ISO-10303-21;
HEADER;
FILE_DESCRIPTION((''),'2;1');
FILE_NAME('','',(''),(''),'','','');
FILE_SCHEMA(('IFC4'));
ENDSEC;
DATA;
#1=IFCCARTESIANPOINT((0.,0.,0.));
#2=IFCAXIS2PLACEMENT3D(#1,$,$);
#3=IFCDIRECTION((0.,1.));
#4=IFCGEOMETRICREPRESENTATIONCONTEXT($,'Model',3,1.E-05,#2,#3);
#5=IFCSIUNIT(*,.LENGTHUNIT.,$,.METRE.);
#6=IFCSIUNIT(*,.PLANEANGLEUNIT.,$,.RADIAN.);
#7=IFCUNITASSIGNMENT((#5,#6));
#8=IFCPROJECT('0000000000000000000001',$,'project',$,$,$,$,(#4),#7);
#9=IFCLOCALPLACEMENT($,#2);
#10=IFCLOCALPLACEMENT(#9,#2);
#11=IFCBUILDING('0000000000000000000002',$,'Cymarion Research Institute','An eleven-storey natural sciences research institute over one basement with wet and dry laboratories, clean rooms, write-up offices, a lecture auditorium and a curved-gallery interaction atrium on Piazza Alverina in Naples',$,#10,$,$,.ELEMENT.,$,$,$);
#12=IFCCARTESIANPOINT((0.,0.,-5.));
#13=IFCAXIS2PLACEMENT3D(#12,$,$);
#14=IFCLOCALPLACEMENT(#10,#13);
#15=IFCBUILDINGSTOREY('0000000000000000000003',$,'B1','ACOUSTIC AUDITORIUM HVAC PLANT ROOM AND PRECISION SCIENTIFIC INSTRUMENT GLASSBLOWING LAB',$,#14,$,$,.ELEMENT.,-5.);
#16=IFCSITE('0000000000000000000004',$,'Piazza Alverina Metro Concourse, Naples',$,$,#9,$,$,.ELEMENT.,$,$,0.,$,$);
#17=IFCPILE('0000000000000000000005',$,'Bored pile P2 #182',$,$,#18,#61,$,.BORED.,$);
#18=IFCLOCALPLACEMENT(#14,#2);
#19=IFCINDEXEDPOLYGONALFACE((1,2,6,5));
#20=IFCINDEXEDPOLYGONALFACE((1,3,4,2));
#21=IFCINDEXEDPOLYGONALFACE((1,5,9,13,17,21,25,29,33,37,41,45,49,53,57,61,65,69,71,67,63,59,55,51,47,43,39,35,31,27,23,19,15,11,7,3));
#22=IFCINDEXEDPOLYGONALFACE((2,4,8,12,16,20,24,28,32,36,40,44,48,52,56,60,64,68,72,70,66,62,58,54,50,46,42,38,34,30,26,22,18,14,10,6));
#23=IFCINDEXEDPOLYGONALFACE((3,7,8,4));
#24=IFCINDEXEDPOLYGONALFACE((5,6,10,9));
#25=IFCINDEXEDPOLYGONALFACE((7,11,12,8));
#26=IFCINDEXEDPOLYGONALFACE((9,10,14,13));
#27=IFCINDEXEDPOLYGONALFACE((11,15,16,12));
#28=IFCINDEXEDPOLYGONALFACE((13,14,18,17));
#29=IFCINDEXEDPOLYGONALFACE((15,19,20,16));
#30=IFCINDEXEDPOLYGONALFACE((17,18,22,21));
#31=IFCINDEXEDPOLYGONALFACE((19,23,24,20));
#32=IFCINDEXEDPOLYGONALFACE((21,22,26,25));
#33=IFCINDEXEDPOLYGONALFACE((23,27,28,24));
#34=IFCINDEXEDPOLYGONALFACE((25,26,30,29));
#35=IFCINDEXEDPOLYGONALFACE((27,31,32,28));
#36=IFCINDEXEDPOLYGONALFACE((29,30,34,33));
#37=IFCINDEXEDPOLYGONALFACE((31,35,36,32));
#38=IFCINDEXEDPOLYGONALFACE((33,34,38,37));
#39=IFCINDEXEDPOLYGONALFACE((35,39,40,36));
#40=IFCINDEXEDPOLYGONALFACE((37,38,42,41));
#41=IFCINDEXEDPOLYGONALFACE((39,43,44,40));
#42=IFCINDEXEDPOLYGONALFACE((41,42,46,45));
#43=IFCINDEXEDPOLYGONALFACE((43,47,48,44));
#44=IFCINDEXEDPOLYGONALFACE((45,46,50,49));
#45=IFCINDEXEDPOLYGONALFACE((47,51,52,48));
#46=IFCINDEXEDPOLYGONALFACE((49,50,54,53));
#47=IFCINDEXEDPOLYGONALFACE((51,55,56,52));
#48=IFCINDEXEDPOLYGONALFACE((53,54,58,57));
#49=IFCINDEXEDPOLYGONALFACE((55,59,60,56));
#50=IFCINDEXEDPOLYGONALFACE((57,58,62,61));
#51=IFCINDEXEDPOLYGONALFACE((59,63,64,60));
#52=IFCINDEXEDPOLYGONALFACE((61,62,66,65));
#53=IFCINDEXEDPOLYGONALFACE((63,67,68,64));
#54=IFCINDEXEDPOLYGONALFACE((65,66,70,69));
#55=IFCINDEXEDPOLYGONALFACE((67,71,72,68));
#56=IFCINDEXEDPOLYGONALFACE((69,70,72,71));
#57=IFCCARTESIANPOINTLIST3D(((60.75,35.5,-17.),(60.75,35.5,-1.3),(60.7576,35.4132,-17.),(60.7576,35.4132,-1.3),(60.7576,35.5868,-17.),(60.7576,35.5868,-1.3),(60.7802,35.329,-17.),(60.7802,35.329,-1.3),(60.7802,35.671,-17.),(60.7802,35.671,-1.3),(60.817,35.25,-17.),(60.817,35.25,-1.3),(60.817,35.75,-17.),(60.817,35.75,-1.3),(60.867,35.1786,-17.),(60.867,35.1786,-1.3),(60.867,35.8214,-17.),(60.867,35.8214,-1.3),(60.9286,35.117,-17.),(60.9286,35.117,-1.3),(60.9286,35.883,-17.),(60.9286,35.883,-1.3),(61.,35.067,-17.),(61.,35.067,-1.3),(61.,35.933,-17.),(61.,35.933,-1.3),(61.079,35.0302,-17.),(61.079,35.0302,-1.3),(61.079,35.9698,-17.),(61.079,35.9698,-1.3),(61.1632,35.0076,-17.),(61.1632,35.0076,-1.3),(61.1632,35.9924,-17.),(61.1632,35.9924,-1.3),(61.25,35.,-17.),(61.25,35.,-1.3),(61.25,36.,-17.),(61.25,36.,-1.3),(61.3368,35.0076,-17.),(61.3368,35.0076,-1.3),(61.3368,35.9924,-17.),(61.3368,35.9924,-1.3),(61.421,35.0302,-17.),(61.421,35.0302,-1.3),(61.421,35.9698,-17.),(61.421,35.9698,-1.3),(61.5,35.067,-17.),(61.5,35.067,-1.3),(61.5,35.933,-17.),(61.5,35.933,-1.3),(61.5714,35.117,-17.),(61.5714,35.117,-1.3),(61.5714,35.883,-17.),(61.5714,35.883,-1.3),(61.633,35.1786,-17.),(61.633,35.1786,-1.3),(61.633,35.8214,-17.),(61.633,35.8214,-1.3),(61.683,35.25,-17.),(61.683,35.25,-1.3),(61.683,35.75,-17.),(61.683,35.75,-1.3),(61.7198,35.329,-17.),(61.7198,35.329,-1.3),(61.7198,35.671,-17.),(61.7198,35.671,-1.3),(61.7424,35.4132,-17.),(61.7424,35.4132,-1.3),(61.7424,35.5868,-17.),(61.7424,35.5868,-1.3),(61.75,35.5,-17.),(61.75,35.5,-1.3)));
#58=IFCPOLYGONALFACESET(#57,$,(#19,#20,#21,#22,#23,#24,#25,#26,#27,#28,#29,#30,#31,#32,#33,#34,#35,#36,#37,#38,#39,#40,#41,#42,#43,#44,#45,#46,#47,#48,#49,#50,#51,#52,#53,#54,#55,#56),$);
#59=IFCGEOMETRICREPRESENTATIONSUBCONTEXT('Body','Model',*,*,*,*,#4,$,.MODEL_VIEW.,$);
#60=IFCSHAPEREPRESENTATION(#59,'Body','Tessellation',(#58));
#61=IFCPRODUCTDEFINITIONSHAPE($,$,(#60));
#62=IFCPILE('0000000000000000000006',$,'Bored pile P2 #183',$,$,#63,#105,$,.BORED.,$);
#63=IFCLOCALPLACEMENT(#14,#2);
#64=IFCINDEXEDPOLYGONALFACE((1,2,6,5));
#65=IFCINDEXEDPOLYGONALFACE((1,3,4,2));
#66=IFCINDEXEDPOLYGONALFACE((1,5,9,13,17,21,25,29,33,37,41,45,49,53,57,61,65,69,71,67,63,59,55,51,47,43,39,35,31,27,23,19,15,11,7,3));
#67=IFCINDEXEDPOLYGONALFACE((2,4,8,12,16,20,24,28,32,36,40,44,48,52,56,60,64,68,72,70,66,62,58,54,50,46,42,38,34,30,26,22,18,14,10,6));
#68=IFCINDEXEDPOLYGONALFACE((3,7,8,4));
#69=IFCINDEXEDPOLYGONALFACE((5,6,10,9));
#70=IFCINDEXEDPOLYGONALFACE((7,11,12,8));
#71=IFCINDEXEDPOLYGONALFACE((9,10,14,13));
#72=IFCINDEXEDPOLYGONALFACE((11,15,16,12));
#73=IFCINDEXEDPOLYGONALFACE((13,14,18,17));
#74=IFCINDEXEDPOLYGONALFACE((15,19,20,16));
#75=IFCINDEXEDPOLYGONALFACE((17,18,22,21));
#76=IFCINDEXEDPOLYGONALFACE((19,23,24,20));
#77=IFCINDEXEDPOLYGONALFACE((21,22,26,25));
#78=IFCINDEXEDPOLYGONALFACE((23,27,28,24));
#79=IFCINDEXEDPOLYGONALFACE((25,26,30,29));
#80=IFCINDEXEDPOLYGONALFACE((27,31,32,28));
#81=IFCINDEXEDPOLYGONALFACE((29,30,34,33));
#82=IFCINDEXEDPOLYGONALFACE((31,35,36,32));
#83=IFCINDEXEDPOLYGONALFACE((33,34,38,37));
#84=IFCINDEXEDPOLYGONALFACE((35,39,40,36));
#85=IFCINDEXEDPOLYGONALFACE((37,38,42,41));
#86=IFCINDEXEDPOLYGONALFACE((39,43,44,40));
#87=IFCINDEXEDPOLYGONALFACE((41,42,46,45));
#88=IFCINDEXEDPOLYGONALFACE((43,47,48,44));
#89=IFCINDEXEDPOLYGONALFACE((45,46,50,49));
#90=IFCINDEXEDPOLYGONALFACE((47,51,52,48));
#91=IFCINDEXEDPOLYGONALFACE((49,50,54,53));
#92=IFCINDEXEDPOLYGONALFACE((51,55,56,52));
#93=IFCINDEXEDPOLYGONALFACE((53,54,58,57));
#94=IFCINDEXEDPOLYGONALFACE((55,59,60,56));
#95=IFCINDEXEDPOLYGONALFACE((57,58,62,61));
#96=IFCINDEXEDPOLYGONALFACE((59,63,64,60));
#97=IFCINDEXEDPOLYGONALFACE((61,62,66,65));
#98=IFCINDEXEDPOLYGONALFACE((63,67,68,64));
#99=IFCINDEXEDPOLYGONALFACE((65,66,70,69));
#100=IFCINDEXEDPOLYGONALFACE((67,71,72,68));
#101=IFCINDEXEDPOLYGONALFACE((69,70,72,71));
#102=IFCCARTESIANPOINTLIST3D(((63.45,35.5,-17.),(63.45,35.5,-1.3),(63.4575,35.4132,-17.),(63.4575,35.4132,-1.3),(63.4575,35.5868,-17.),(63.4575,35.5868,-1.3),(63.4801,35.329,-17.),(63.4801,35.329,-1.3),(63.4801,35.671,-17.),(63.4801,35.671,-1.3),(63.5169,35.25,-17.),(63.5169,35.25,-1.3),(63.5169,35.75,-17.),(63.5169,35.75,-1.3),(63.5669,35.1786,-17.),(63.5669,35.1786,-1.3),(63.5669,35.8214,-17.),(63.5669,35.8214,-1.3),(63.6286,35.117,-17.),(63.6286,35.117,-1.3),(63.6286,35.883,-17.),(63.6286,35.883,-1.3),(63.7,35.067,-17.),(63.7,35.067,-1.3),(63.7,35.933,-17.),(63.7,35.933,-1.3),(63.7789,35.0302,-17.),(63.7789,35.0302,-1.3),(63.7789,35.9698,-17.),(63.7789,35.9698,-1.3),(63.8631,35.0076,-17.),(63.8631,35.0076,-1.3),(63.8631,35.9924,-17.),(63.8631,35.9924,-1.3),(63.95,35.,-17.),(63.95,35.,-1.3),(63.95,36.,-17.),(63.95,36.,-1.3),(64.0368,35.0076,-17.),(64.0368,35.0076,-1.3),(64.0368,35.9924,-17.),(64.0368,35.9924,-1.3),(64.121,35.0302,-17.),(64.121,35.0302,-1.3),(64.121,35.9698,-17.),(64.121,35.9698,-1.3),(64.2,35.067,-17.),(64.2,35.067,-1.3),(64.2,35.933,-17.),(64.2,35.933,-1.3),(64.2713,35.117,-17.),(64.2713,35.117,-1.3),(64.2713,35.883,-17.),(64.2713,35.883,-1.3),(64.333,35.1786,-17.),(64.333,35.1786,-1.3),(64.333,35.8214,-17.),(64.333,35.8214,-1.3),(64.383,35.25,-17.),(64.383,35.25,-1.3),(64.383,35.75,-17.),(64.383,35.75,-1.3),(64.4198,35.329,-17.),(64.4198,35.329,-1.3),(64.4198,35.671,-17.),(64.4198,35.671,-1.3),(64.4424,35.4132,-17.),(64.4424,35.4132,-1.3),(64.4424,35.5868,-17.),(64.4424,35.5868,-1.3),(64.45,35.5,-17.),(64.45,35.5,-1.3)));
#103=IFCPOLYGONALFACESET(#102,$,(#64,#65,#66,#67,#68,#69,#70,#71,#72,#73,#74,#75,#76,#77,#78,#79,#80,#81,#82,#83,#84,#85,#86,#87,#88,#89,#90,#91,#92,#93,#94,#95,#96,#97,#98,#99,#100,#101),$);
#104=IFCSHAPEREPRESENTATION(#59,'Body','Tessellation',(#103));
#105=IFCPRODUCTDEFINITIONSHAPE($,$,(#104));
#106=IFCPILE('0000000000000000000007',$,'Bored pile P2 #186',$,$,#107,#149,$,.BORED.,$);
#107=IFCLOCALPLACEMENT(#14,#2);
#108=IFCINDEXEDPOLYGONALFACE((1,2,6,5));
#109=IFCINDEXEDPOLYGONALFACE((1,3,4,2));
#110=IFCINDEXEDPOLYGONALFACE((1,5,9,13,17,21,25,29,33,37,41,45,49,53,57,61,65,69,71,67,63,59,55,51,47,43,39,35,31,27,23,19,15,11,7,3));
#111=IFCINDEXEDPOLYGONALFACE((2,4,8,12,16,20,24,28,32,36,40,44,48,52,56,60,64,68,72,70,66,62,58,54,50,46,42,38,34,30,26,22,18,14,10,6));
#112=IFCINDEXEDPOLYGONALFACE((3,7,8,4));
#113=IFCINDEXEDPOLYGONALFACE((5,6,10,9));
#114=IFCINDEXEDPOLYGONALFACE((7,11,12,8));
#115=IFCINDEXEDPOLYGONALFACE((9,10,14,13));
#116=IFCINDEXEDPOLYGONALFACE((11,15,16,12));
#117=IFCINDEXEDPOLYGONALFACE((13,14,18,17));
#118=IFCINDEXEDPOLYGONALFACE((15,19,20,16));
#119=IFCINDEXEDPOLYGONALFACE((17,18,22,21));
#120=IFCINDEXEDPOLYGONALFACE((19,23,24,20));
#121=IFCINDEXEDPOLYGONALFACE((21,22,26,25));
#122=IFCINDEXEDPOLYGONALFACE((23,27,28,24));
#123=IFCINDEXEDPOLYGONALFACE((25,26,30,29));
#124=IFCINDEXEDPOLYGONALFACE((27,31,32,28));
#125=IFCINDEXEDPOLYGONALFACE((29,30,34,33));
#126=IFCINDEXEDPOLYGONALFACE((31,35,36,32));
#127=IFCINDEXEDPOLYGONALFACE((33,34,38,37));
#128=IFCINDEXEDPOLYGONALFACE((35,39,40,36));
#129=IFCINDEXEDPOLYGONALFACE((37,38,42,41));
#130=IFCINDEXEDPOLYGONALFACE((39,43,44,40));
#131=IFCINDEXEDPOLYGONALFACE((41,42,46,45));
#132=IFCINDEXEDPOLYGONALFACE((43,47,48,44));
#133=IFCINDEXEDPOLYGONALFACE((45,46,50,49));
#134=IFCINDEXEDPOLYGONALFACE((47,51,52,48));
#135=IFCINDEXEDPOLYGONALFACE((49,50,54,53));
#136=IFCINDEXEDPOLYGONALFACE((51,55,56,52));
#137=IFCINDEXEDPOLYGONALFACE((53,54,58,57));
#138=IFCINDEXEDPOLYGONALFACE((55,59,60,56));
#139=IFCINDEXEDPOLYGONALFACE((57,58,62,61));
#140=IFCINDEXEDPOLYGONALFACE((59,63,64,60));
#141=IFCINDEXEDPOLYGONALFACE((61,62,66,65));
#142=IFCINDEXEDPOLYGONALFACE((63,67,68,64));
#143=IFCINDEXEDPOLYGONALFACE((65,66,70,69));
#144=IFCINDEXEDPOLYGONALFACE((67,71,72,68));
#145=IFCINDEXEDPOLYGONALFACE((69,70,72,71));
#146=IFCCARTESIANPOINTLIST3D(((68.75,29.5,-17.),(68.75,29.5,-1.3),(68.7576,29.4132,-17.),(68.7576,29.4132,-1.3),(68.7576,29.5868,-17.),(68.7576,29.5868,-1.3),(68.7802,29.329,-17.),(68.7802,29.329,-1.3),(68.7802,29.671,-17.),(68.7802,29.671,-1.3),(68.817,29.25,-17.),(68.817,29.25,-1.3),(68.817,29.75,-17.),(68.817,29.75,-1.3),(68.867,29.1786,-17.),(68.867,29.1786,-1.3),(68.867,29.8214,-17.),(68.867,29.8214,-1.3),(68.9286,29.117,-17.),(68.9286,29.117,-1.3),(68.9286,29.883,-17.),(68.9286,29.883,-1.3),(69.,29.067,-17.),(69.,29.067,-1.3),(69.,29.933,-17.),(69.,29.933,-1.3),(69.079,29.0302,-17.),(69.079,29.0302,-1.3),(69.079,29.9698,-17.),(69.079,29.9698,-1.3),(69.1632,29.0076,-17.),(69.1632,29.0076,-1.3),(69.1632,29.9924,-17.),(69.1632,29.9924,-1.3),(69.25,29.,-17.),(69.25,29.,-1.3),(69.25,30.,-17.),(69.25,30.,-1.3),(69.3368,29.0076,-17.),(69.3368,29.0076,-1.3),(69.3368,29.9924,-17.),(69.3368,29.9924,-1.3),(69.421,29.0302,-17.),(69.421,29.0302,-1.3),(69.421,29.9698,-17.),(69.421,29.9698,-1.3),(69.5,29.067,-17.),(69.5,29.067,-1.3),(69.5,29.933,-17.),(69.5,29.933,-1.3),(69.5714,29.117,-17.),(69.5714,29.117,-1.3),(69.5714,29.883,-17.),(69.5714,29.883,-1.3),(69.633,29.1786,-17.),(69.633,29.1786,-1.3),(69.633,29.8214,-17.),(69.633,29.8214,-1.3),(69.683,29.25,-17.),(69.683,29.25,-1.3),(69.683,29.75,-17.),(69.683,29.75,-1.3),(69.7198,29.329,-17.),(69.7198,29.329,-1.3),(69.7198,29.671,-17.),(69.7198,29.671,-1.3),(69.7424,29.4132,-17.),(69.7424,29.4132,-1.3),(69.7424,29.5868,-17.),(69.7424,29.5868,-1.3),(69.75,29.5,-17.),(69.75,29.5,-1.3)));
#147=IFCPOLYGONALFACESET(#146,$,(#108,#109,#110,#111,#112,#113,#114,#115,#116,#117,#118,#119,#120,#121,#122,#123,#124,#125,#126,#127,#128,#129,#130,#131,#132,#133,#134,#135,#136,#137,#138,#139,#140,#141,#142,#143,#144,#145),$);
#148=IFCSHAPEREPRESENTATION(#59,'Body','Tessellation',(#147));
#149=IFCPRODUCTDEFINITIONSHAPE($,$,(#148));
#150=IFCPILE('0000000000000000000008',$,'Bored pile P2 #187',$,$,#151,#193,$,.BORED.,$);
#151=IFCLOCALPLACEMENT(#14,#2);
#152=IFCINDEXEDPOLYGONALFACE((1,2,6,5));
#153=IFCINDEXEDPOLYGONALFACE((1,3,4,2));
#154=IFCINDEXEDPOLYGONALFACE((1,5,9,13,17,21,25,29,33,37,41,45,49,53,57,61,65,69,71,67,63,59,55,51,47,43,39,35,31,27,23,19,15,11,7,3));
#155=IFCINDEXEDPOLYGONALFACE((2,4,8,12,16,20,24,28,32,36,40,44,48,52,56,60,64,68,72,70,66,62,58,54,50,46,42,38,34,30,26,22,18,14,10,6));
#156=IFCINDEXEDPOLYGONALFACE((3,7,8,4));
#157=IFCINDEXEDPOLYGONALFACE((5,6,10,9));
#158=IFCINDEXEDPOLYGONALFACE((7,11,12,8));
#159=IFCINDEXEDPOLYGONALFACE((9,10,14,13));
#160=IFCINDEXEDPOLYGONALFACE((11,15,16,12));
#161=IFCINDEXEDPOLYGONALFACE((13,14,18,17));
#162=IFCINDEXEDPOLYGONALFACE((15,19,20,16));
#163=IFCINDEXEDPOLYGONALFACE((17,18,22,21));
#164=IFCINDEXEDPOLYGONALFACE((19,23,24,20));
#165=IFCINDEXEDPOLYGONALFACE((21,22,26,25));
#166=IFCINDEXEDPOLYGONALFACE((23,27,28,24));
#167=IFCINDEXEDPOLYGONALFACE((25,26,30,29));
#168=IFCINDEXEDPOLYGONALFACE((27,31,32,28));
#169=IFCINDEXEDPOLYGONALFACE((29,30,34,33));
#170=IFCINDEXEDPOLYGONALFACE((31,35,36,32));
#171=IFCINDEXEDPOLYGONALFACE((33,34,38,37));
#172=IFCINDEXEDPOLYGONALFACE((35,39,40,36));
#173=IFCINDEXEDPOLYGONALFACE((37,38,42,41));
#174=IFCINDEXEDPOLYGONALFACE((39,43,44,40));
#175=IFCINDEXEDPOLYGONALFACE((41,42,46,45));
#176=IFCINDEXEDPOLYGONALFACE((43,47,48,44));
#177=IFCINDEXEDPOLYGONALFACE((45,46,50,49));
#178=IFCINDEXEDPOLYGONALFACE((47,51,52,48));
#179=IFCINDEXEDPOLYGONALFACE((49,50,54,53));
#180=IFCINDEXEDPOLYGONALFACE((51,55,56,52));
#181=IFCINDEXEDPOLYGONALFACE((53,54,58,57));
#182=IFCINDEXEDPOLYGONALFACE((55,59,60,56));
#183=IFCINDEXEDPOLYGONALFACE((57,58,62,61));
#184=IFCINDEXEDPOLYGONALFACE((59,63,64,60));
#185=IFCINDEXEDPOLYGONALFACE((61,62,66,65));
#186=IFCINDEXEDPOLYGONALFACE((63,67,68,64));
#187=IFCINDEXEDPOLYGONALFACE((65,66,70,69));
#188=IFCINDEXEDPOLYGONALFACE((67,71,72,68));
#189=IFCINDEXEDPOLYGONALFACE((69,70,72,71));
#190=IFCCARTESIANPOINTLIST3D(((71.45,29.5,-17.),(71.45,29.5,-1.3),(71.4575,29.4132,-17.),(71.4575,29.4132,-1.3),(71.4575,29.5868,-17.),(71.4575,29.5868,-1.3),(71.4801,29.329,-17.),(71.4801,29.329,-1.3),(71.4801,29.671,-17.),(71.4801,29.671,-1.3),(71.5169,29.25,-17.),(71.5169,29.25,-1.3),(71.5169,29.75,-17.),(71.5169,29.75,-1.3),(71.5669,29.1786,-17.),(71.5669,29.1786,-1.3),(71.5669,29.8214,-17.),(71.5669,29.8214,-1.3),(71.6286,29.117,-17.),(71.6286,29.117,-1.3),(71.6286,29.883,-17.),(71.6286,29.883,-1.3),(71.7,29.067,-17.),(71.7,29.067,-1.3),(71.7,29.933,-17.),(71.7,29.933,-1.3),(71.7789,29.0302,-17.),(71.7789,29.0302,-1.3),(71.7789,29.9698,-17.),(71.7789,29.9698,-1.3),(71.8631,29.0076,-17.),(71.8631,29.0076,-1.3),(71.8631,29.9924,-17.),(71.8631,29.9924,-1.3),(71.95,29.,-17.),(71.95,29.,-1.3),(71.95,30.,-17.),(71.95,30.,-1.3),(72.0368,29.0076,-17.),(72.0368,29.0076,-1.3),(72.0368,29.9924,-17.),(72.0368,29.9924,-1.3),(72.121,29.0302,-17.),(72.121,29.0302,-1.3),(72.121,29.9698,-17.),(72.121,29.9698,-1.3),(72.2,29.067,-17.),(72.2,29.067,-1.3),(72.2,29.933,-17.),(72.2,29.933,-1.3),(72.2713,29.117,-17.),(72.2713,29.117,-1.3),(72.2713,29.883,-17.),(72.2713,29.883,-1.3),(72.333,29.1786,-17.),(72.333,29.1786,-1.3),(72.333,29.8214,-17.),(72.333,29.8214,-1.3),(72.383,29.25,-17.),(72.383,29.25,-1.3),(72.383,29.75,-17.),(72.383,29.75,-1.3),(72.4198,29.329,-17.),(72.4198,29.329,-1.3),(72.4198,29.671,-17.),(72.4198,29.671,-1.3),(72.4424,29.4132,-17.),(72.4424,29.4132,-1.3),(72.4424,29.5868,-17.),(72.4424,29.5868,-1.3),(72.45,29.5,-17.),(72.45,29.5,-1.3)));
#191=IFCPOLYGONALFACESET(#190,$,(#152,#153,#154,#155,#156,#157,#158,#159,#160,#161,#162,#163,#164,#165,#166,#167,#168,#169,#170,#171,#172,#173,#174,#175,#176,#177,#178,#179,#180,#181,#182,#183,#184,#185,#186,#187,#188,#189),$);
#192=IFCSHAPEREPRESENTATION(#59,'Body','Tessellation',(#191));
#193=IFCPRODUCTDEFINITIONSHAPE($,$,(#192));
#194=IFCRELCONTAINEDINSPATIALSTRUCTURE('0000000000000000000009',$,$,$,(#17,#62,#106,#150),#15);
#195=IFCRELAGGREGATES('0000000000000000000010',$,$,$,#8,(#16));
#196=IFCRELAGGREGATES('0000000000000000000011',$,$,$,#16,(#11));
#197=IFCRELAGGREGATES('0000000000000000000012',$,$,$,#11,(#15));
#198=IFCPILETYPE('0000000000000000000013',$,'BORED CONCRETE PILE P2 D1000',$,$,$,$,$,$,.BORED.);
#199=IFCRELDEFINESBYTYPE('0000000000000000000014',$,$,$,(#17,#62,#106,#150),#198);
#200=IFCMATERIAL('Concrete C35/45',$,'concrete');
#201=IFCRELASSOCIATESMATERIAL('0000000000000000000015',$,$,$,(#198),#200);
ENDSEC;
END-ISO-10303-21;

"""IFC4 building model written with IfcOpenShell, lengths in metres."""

from ifc_helpers import new_model, si_unit, direction, frame, origin, origin_2d, place, context, subcontext, project, spatial, circle, extrude, material, material_profile, profile_set, type_object, element, save


model = new_model("IFC4")

# Units and contexts
model_context = context("Model", 3, precision=1e-05, world=origin(), true_north=direction((0.0, 1.0)))
body_context = subcontext(model_context, "Body", "Model", "MODEL_VIEW")
ifc_project = project(units=[si_unit("LENGTHUNIT", "METRE"), si_unit("PLANEANGLEUNIT", "RADIAN")], contexts=[model_context])

# Site, building, storey
site_placement = place(None, origin())
site = spatial("IfcSite", under=ifc_project, at=site_placement, Name="Piazza Alverina Metro Concourse, Naples", CompositionType="ELEMENT", RefElevation=0.0)
building_placement = place(site_placement, origin())
building = spatial("IfcBuilding", under=site, at=building_placement, Name="Cymarion Research Institute", Description="An eleven-storey natural sciences research institute over one basement with wet and dry laboratories, clean rooms, write-up offices, a lecture auditorium and a curved-gallery interaction atrium on Piazza Alverina in Naples", CompositionType="ELEMENT")
storey_placement = place(building_placement, frame((0.0, 0.0, -5.0)))
storey = spatial("IfcBuildingStorey", under=building, at=storey_placement, Name="B1", Description="ACOUSTIC AUDITORIUM HVAC PLANT ROOM AND PRECISION SCIENTIFIC INSTRUMENT GLASSBLOWING LAB", CompositionType="ELEMENT", Elevation=-5.0)

# Piles
ifc_material_1 = material(Name="Concrete C35/45", Category="concrete")
ifc_material_profile_1 = material_profile(ifc_material_1, circle(Radius=0.5, at=origin_2d()), Name="BORED PILE D1000")
ifc_profile_set_1 = profile_set([ifc_material_profile_1], Name="Concrete C35/45")
pile_type_1 = type_object("IfcPileType", Name="BORED CONCRETE PILE P2 D1000", PredefinedType="BORED", material=ifc_profile_set_1)
for number, where, z_axis, x_axis, name in (
    (1, (61.25, 35.5, -1.3), (0.0, 0.0, -1.0), (1.0, 0.0, 0.0), "Bored pile P2 #182"),
    (2, (63.95, 35.5, -1.3), (0.0, 0.0, -1.0), (1.0, 0.0, 0.0), "Bored pile P2 #183"),
    (3, (69.25, 29.5, -1.3), (0.0, 0.0, -1.0), (1.0, 0.0, 0.0), "Bored pile P2 #186"),
    (4, (71.95, 29.5, -1.3), (0.0, 0.0, -1.0), (1.0, 0.0, 0.0), "Bored pile P2 #187"),
):
    element("IfcPile", number, at=place(storey_placement, frame(where, z_axis=z_axis, x_axis=x_axis)), inside=storey, type_object=pile_type_1, Name=name, PredefinedType="BORED", context=body_context, shape_type="SweptSolid", body=[
        extrude(circle(Radius=0.5, at=origin_2d()), origin(), (0.0, 0.0, 1.0), 15.7),
    ])

save(model, "model.ifc")
